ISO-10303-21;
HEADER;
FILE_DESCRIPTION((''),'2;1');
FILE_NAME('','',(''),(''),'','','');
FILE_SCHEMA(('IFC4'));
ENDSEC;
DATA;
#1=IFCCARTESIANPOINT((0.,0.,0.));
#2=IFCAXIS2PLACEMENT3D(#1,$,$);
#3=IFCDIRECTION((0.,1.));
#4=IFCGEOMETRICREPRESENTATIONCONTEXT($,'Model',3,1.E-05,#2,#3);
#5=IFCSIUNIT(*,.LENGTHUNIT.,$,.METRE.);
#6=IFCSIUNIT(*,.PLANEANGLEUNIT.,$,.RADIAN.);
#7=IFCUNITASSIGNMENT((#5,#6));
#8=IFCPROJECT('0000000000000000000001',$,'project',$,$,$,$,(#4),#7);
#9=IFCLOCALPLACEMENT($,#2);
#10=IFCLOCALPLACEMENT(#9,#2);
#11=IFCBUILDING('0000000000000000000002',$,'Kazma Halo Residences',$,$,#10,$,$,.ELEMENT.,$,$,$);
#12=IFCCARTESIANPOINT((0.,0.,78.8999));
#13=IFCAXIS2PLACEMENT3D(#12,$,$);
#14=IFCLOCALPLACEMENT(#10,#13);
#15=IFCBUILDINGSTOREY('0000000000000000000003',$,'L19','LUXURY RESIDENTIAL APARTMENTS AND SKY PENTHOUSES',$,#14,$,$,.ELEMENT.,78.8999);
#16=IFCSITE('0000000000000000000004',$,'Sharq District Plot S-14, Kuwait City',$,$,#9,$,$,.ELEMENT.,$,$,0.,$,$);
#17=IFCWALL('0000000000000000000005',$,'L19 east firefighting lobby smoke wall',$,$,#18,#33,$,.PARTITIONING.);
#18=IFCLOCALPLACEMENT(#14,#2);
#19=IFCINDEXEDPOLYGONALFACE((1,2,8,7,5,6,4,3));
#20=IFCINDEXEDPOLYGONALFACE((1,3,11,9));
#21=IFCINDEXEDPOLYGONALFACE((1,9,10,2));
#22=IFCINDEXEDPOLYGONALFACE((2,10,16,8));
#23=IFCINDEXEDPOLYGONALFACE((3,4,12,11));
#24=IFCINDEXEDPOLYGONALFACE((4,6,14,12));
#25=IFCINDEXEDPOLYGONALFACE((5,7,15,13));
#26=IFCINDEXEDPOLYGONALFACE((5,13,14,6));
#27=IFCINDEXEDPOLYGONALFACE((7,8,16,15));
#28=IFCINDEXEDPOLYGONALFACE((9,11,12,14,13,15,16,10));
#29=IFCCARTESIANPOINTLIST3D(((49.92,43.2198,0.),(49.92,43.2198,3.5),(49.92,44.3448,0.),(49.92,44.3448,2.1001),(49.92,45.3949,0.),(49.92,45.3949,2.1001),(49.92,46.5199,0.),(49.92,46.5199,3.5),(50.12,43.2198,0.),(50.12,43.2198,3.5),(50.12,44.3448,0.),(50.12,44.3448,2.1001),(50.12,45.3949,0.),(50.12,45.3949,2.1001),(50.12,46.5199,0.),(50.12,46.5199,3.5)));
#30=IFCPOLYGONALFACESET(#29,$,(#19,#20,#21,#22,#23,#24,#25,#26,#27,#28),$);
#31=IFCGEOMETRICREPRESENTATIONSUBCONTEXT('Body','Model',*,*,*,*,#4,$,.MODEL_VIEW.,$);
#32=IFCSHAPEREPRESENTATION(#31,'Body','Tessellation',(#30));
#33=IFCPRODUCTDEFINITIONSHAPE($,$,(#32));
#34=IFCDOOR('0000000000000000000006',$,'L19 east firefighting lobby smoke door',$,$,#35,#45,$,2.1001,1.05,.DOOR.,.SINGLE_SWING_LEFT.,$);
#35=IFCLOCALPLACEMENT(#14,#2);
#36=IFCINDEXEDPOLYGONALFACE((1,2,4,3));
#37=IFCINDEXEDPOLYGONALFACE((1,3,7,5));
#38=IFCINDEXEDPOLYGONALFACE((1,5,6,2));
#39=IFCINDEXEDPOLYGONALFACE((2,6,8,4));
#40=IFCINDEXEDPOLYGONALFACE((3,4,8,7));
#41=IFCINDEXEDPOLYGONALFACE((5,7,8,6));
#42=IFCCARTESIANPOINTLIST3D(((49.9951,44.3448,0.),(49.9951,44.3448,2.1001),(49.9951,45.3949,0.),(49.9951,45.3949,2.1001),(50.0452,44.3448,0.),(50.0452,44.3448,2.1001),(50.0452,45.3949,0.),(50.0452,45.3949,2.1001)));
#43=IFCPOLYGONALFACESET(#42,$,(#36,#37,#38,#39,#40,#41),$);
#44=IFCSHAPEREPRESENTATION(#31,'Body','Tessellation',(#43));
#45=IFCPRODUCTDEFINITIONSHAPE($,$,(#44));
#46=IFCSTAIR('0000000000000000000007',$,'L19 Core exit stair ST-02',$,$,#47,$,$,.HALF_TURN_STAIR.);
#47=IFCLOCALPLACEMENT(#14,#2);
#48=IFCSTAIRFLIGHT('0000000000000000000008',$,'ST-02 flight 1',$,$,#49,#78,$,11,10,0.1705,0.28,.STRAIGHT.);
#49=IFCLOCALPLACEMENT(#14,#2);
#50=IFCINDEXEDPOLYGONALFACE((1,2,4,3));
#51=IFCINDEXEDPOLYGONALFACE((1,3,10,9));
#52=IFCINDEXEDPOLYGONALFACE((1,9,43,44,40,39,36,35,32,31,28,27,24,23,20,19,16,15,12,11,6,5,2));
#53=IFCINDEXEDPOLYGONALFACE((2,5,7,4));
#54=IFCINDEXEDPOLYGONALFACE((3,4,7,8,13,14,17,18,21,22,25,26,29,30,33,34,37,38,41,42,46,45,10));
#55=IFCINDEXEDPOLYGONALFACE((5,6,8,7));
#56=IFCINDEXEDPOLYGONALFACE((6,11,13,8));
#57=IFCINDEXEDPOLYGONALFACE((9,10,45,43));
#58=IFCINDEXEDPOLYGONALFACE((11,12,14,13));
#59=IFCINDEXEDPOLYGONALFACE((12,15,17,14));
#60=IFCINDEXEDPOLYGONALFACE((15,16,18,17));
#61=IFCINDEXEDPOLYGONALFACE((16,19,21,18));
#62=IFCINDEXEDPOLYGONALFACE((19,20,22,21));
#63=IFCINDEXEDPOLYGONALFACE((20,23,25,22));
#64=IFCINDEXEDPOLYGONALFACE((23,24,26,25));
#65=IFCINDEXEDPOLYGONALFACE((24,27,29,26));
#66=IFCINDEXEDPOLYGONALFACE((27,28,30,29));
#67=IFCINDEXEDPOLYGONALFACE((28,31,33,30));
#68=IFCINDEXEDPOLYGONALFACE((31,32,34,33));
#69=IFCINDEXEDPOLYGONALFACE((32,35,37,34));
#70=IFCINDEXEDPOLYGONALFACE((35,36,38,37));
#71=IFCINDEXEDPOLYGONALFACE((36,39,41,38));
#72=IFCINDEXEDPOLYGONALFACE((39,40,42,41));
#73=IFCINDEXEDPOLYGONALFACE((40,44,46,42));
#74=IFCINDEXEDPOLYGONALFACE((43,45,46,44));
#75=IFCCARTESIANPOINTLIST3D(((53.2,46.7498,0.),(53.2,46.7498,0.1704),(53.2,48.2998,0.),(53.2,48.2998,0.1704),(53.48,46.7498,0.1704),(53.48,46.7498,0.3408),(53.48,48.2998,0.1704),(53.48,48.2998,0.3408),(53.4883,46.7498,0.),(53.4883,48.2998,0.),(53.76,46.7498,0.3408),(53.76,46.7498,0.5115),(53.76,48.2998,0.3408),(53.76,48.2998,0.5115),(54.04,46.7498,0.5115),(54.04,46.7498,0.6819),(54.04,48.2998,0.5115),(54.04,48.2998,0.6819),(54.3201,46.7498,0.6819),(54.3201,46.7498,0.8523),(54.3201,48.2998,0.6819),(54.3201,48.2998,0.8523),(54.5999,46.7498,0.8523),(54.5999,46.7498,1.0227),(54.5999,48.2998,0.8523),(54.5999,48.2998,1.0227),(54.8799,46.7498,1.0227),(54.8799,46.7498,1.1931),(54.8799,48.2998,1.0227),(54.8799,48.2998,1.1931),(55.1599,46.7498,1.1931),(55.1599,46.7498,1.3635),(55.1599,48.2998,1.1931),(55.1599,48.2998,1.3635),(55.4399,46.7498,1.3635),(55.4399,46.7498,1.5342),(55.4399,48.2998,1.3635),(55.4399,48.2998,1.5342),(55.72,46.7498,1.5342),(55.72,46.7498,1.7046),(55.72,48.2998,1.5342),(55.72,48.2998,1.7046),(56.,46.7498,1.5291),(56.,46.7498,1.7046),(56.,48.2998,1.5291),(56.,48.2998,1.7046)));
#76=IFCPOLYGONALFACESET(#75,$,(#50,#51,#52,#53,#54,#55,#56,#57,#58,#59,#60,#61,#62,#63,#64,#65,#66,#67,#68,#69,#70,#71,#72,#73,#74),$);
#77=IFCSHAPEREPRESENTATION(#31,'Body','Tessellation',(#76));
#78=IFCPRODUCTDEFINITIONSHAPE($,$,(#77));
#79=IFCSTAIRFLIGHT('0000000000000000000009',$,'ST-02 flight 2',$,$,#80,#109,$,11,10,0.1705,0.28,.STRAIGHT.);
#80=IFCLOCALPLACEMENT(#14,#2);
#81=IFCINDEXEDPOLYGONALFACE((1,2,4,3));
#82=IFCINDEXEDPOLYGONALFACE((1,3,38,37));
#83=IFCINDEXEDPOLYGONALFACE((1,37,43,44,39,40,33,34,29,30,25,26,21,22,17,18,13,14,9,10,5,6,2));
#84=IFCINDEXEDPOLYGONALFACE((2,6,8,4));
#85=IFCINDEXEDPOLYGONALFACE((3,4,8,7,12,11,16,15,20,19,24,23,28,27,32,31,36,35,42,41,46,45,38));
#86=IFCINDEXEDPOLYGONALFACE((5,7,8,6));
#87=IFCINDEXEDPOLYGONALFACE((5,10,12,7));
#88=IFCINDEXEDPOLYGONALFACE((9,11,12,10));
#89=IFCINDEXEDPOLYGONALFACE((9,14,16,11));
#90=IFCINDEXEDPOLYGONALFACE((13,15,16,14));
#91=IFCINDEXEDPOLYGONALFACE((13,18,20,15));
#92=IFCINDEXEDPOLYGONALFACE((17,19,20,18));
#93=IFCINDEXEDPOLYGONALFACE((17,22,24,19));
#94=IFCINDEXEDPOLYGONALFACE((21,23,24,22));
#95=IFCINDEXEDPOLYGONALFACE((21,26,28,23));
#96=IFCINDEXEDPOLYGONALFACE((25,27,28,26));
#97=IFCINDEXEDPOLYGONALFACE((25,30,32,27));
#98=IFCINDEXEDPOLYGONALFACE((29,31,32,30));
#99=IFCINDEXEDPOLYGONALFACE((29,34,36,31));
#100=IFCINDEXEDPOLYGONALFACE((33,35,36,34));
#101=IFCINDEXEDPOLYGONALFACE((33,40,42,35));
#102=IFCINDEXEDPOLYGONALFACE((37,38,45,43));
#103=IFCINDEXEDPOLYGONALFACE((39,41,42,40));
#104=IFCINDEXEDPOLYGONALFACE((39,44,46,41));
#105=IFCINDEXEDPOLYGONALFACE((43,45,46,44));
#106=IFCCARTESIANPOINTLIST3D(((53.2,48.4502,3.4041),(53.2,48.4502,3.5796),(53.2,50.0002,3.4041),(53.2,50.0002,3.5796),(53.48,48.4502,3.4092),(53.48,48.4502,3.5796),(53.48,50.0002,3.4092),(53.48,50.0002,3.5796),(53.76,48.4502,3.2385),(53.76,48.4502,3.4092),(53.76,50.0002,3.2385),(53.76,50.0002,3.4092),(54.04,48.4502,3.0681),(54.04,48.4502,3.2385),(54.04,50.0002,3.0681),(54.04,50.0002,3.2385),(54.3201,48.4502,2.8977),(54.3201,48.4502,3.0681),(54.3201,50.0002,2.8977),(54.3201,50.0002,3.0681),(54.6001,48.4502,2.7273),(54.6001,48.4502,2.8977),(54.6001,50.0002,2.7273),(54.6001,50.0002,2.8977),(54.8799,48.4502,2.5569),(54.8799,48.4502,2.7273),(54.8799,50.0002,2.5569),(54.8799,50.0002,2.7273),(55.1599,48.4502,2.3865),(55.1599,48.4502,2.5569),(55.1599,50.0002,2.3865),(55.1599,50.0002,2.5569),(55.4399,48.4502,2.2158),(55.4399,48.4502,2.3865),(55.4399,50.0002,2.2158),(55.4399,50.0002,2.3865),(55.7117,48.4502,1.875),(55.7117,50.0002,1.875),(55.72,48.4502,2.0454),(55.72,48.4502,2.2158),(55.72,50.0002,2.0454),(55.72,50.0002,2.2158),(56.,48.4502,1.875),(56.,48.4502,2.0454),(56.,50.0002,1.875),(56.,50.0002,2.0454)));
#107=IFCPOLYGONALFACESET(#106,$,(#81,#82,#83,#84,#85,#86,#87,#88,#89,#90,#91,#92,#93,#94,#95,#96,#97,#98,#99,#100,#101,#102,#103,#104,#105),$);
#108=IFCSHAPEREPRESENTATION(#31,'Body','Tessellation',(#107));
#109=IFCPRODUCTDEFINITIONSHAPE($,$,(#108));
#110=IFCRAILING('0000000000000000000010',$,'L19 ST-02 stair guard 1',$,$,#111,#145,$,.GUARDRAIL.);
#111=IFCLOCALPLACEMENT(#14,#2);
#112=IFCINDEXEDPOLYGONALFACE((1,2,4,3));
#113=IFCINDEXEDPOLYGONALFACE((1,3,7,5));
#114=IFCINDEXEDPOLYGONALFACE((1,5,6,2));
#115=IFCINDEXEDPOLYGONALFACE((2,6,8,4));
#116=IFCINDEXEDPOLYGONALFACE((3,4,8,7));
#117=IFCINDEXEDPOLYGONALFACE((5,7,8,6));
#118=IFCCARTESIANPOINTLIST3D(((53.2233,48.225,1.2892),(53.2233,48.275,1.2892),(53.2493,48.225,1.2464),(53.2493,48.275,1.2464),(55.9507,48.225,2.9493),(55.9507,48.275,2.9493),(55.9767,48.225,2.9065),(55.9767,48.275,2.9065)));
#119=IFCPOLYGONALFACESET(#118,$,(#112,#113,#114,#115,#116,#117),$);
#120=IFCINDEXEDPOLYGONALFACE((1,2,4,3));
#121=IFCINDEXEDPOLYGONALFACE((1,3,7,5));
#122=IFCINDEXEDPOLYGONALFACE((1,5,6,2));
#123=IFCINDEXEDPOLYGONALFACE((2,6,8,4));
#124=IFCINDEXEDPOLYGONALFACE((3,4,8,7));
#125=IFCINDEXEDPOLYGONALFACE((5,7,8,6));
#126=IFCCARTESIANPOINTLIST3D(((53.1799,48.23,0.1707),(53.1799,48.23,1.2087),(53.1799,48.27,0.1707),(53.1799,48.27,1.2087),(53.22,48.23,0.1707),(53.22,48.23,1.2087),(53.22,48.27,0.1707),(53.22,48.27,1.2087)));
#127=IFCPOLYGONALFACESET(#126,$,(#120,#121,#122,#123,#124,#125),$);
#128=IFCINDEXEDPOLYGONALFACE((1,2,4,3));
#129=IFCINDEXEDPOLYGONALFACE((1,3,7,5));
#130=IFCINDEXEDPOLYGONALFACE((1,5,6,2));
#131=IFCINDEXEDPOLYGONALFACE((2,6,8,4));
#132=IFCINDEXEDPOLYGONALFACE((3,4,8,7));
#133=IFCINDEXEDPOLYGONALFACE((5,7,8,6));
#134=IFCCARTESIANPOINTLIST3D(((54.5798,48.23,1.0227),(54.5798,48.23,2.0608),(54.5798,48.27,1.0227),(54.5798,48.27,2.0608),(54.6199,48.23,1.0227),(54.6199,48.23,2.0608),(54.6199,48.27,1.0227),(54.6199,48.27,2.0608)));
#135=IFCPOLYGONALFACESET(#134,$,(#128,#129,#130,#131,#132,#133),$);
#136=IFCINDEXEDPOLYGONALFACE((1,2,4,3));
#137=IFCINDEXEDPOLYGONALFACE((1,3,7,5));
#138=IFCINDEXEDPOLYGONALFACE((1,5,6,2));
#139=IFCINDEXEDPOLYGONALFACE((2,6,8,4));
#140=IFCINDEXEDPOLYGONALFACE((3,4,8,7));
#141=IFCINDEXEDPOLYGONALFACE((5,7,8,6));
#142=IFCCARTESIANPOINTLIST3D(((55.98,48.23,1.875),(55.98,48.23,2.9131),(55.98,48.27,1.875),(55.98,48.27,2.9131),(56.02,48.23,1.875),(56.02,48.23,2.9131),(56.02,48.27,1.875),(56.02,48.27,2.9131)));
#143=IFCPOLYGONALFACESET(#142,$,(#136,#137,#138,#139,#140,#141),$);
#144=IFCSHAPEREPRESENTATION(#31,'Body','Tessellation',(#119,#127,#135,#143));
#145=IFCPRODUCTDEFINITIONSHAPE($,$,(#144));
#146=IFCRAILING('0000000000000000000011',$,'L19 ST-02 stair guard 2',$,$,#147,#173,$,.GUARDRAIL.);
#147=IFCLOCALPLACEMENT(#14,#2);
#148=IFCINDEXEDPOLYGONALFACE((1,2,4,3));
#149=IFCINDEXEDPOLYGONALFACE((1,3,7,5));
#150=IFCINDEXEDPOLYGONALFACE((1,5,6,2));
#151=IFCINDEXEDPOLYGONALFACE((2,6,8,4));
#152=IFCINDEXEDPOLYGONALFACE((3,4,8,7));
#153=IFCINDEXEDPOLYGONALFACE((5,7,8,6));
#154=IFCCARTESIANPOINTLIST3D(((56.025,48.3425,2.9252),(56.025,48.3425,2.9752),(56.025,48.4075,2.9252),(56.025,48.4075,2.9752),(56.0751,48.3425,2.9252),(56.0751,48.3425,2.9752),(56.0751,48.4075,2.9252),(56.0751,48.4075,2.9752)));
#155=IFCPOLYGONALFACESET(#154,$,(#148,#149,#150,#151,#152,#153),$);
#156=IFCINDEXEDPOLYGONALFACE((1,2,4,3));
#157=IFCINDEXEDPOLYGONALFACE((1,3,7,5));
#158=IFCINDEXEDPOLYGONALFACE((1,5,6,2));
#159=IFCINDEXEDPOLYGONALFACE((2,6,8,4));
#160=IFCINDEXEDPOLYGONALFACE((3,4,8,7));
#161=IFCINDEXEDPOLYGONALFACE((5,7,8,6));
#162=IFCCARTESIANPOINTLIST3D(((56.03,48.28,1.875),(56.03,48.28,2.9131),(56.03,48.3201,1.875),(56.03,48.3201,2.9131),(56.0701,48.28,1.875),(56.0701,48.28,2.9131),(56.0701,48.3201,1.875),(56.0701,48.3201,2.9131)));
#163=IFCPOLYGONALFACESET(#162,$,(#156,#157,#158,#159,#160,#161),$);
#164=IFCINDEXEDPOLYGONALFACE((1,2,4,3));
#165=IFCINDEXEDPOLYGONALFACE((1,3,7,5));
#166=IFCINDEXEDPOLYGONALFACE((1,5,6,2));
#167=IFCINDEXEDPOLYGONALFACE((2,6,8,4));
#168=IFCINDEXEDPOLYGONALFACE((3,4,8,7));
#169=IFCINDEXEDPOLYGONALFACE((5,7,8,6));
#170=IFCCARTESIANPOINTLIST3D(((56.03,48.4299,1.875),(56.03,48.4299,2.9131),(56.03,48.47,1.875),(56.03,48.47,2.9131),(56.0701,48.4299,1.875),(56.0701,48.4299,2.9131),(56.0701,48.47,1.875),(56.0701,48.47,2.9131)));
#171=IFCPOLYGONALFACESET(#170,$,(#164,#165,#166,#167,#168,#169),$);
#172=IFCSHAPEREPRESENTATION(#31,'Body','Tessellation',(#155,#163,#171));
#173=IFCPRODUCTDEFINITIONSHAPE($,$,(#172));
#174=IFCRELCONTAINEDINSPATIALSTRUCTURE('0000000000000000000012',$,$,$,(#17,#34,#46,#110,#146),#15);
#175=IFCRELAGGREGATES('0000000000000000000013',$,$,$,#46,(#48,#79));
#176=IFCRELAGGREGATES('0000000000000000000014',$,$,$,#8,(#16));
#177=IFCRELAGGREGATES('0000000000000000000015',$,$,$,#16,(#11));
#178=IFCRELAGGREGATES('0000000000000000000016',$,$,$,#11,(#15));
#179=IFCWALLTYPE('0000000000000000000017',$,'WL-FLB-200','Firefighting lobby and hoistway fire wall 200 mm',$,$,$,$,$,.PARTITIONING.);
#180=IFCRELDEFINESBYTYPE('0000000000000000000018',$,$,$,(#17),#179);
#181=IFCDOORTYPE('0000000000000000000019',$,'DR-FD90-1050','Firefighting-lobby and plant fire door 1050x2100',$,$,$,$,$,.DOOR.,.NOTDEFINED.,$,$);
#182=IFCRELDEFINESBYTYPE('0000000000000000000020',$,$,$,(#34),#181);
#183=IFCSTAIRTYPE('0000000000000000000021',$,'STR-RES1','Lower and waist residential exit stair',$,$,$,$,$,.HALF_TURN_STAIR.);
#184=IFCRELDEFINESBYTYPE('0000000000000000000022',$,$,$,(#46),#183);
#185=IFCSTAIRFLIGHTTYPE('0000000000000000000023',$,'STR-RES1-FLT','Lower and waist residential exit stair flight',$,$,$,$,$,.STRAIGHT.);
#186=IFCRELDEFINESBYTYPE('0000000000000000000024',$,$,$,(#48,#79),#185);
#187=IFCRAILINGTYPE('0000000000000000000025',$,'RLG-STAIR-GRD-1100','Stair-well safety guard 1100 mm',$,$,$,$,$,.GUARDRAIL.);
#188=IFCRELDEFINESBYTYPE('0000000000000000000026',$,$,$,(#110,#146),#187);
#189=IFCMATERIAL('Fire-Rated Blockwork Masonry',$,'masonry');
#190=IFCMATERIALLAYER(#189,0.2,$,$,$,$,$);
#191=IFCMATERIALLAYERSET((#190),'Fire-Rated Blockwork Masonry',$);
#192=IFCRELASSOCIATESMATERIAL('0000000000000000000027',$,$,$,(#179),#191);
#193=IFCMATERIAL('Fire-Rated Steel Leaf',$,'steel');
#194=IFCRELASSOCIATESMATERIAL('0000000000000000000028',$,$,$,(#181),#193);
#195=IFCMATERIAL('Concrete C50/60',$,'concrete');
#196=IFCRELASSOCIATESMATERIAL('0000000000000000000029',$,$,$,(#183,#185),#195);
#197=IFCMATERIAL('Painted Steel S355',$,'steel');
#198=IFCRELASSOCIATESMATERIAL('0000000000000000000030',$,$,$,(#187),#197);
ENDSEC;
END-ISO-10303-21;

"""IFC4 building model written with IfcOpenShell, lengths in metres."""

from ifc_helpers import new_model, si_unit, direction, frame, frame_2d, origin, origin_2d, place, context, subcontext, project, spatial, polyline, rectangle, outline, extrude, material, layer, layer_set, type_object, element, fill, aggregate, save


model = new_model("IFC4")

# Units and contexts
model_context = context("Model", 3, precision=1e-05, world=origin(), true_north=direction((0.0, 1.0)))
body_context = subcontext(model_context, "Body", "Model", "MODEL_VIEW")
ifc_project = project(units=[si_unit("LENGTHUNIT", "METRE"), si_unit("PLANEANGLEUNIT", "RADIAN")], contexts=[model_context])

# Site, building, storey
site_placement = place(None, origin())
site = spatial("IfcSite", under=ifc_project, at=site_placement, Name="Sharq District Plot S-14, Kuwait City", CompositionType="ELEMENT", RefElevation=0.0)
building_placement = place(site_placement, origin())
building = spatial("IfcBuilding", under=site, at=building_placement, Name="Kazma Halo Residences", CompositionType="ELEMENT")
storey_placement = place(building_placement, frame((0.0, 0.0, 78.8999)))
storey = spatial("IfcBuildingStorey", under=building, at=storey_placement, Name="L19", Description="LUXURY RESIDENTIAL APARTMENTS AND SKY PENTHOUSES", CompositionType="ELEMENT", Elevation=78.8999)

# Shared definitions
ifc_material_1 = material(Name="Fire-Rated Blockwork Masonry", Category="masonry")
ifc_layer_1 = layer(ifc_material_1, 0.2)
ifc_layer_set_1 = layer_set([ifc_layer_1], Name="Fire-Rated Blockwork Masonry")
wall_type_1 = type_object("IfcWallType", Name="WL-FLB-200", Description="Firefighting lobby and hoistway fire wall 200 mm", PredefinedType="PARTITIONING", material=ifc_layer_set_1)

# Wall, opening, door
wall_1_placement = place(storey_placement, frame((50.02, 43.22, 0.0), z_axis=(0.0, 0.0, 1.0), x_axis=(0.0, 1.0, 0.0)))
wall_1 = element("IfcWall", 1, at=wall_1_placement, inside=storey, type_object=wall_type_1, Name="L19 east firefighting lobby smoke wall", PredefinedType="PARTITIONING", context=body_context, shape_type="SweptSolid", body=[
    extrude(rectangle(XDim=3.3, YDim=0.2, at=frame_2d((1.6499, 0.0))), origin(), (0.0, 0.0, 1.0), 3.5),
])
opening_1_placement = place(wall_1_placement, frame((1.125, 0.0, 0.0)))
opening_1 = element("IfcOpeningElement", 2, at=opening_1_placement, cuts=wall_1, PredefinedType="OPENING", context=body_context, shape_type="SweptSolid", body=[
    extrude(rectangle(XDim=1.05, YDim=2.1001, at=frame_2d((0.5249, 1.05))), frame((0.0, 0.1099, 0.0), z_axis=(0.0, -1.0, 0.0), x_axis=(1.0, 0.0, 0.0)), (0.0, 0.0, 1.0), 0.22),
])
ifc_material_2 = material(Name="Fire-Rated Steel Leaf", Category="steel")
door_type_1 = type_object("IfcDoorType", Name="DR-FD90-1050", Description="Firefighting-lobby and plant fire door 1050x2100", OperationType="NOTDEFINED", PredefinedType="DOOR", material=ifc_material_2)
door_1_placement = place(opening_1_placement, origin())
door_1 = element("IfcDoor", 3, at=door_1_placement, inside=storey, type_object=door_type_1, Name="L19 east firefighting lobby smoke door", OperationType="SINGLE_SWING_LEFT", OverallHeight=2.1001, OverallWidth=1.05, PredefinedType="DOOR", context=body_context, shape_type="SweptSolid", body=[
    extrude(rectangle(XDim=1.05, YDim=2.1001, at=frame_2d((0.5249, 1.05))), frame((0.0, 0.0249, 0.0), z_axis=(0.0, -1.0, 0.0), x_axis=(1.0, 0.0, 0.0)), (0.0, 0.0, 1.0), 0.05),
])
fill(opening_1, door_1)
ifc_material_3 = material(Name="Concrete C50/60", Category="concrete")

# Stair, stair flights
stair_type = type_object("IfcStairType", Name="STR-RES1", Description="Lower and waist residential exit stair", PredefinedType="HALF_TURN_STAIR", material=ifc_material_3)
stair_placement = place(storey_placement, origin())
stair = element("IfcStair", 4, at=stair_placement, inside=storey, type_object=stair_type, Name="L19 Core exit stair ST-02", PredefinedType="HALF_TURN_STAIR")
stair_flight_type = type_object("IfcStairFlightType", Name="STR-RES1-FLT", Description="Lower and waist residential exit stair flight", PredefinedType="STRAIGHT", material=ifc_material_3)
stair_flight_1_placement = place(storey_placement, frame((53.2, 47.5249, 0.0), z_axis=(0.0, 0.0, 1.0), x_axis=(1.0, 0.0, 0.0)))
stair_flight_1 = element("IfcStairFlight", 5, at=stair_flight_1_placement, type_object=stair_flight_type, Name="ST-02 flight 1", NumberOfRisers=11, NumberOfTreads=10, PredefinedType="STRAIGHT", RiserHeight=0.1705, TreadLength=0.28, context=body_context, shape_type="SweptSolid", body=[
    extrude(outline(polyline([(0.0, 0.0), (0.0, 0.1704), (0.28, 0.1704), (0.28, 0.3408), (0.5601, 0.3408), (0.5601, 0.5115), (0.8401, 0.5115), (0.8401, 0.6819), (1.1201, 0.6819), (1.1201, 0.8523), (1.3999, 0.8523), (1.3999, 1.0227), (1.6799, 1.0227), (1.6799, 1.1931), (1.96, 1.1931), (1.96, 1.3635), (2.24, 1.3635), (2.24, 1.5342), (2.52, 1.5342), (2.52, 1.7046), (2.8, 1.7046), (2.8, 1.875), (2.8, 1.5291), (0.2883, 0.0), (0.0, 0.0)])), frame((0.0, 0.7749, 0.0), z_axis=(0.0, -1.0, 0.0), x_axis=(1.0, 0.0, 0.0)), (0.0, 0.0, 1.0), 1.55),
])
stair_flight_2_placement = place(storey_placement, frame((56.0, 49.2251, 1.875), z_axis=(0.0, 0.0, 1.0), x_axis=(-1.0, 0.0, 0.0)))
stair_flight_2 = element("IfcStairFlight", 6, at=stair_flight_2_placement, type_object=stair_flight_type, Name="ST-02 flight 2", NumberOfRisers=11, NumberOfTreads=10, PredefinedType="STRAIGHT", RiserHeight=0.1705, TreadLength=0.28, context=body_context, shape_type="SweptSolid", body=[
    extrude(outline(polyline([(0.0, 0.0), (0.0, 0.1704), (0.28, 0.1704), (0.28, 0.3408), (0.5601, 0.3408), (0.5601, 0.5115), (0.8401, 0.5115), (0.8401, 0.6819), (1.1201, 0.6819), (1.1201, 0.8523), (1.3999, 0.8523), (1.3999, 1.0227), (1.6799, 1.0227), (1.6799, 1.1931), (1.96, 1.1931), (1.96, 1.3635), (2.24, 1.3635), (2.24, 1.5342), (2.52, 1.5342), (2.52, 1.7046), (2.8, 1.7046), (2.8, 1.875), (2.8, 1.5291), (0.2883, 0.0), (0.0, 0.0)])), frame((0.0, 0.7749, 0.0), z_axis=(0.0, -1.0, 0.0), x_axis=(1.0, 0.0, 0.0)), (0.0, 0.0, 1.0), 1.55),
])
aggregate(stair, [stair_flight_1, stair_flight_2])

# Railings
ifc_material_4 = material(Name="Painted Steel S355", Category="steel")
railing_type_1 = type_object("IfcRailingType", Name="RLG-STAIR-GRD-1100", Description="Stair-well safety guard 1100 mm", PredefinedType="GUARDRAIL", material=ifc_material_4)
railing_1_placement = place(storey_placement, frame((53.2, 48.25, 0.1707)))
element("IfcRailing", 7, at=railing_1_placement, inside=storey, type_object=railing_type_1, Name="L19 ST-02 stair guard 1", PredefinedType="GUARDRAIL", context=body_context, shape_type="SweptSolid", body=[
    extrude(rectangle(XDim=0.05, YDim=0.05, at=origin_2d()), frame((0.0364, 0.0, 1.0972), z_axis=(0.854203, 0.0, 0.51994), x_axis=(0.0, 1.0, 0.0)), (0.0, 0.0, 1.0), 3.1929),
    extrude(rectangle(XDim=0.04, YDim=0.04, at=origin_2d()), origin(), (0.0, 0.0, 1.0), 1.0381),
    extrude(rectangle(XDim=0.04, YDim=0.04, at=origin_2d()), frame((1.3999, 0.0, 0.8521)), (0.0, 0.0, 1.0), 1.0381),
    extrude(rectangle(XDim=0.04, YDim=0.04, at=origin_2d()), frame((2.8, 0.0, 1.7043)), (0.0, 0.0, 1.0), 1.0381),
])
railing_2_placement = place(storey_placement, frame((56.05, 48.3, 1.875)))
element("IfcRailing", 8, at=railing_2_placement, inside=storey, type_object=railing_type_1, Name="L19 ST-02 stair guard 2", PredefinedType="GUARDRAIL", context=body_context, shape_type="SweptSolid", body=[
    extrude(rectangle(XDim=0.05, YDim=0.05, at=origin_2d()), frame((0.0, 0.0425, 1.0752), z_axis=(0.0, 1.0, 0.0), x_axis=(-1.0, 0.0, 0.0)), (0.0, 0.0, 1.0), 0.0649),
    extrude(rectangle(XDim=0.04, YDim=0.04, at=origin_2d()), origin(), (0.0, 0.0, 1.0), 1.0381),
    extrude(rectangle(XDim=0.04, YDim=0.04, at=origin_2d()), frame((0.0, 0.1499, 0.0)), (0.0, 0.0, 1.0), 1.0381),
])

save(model, "model.ifc")
